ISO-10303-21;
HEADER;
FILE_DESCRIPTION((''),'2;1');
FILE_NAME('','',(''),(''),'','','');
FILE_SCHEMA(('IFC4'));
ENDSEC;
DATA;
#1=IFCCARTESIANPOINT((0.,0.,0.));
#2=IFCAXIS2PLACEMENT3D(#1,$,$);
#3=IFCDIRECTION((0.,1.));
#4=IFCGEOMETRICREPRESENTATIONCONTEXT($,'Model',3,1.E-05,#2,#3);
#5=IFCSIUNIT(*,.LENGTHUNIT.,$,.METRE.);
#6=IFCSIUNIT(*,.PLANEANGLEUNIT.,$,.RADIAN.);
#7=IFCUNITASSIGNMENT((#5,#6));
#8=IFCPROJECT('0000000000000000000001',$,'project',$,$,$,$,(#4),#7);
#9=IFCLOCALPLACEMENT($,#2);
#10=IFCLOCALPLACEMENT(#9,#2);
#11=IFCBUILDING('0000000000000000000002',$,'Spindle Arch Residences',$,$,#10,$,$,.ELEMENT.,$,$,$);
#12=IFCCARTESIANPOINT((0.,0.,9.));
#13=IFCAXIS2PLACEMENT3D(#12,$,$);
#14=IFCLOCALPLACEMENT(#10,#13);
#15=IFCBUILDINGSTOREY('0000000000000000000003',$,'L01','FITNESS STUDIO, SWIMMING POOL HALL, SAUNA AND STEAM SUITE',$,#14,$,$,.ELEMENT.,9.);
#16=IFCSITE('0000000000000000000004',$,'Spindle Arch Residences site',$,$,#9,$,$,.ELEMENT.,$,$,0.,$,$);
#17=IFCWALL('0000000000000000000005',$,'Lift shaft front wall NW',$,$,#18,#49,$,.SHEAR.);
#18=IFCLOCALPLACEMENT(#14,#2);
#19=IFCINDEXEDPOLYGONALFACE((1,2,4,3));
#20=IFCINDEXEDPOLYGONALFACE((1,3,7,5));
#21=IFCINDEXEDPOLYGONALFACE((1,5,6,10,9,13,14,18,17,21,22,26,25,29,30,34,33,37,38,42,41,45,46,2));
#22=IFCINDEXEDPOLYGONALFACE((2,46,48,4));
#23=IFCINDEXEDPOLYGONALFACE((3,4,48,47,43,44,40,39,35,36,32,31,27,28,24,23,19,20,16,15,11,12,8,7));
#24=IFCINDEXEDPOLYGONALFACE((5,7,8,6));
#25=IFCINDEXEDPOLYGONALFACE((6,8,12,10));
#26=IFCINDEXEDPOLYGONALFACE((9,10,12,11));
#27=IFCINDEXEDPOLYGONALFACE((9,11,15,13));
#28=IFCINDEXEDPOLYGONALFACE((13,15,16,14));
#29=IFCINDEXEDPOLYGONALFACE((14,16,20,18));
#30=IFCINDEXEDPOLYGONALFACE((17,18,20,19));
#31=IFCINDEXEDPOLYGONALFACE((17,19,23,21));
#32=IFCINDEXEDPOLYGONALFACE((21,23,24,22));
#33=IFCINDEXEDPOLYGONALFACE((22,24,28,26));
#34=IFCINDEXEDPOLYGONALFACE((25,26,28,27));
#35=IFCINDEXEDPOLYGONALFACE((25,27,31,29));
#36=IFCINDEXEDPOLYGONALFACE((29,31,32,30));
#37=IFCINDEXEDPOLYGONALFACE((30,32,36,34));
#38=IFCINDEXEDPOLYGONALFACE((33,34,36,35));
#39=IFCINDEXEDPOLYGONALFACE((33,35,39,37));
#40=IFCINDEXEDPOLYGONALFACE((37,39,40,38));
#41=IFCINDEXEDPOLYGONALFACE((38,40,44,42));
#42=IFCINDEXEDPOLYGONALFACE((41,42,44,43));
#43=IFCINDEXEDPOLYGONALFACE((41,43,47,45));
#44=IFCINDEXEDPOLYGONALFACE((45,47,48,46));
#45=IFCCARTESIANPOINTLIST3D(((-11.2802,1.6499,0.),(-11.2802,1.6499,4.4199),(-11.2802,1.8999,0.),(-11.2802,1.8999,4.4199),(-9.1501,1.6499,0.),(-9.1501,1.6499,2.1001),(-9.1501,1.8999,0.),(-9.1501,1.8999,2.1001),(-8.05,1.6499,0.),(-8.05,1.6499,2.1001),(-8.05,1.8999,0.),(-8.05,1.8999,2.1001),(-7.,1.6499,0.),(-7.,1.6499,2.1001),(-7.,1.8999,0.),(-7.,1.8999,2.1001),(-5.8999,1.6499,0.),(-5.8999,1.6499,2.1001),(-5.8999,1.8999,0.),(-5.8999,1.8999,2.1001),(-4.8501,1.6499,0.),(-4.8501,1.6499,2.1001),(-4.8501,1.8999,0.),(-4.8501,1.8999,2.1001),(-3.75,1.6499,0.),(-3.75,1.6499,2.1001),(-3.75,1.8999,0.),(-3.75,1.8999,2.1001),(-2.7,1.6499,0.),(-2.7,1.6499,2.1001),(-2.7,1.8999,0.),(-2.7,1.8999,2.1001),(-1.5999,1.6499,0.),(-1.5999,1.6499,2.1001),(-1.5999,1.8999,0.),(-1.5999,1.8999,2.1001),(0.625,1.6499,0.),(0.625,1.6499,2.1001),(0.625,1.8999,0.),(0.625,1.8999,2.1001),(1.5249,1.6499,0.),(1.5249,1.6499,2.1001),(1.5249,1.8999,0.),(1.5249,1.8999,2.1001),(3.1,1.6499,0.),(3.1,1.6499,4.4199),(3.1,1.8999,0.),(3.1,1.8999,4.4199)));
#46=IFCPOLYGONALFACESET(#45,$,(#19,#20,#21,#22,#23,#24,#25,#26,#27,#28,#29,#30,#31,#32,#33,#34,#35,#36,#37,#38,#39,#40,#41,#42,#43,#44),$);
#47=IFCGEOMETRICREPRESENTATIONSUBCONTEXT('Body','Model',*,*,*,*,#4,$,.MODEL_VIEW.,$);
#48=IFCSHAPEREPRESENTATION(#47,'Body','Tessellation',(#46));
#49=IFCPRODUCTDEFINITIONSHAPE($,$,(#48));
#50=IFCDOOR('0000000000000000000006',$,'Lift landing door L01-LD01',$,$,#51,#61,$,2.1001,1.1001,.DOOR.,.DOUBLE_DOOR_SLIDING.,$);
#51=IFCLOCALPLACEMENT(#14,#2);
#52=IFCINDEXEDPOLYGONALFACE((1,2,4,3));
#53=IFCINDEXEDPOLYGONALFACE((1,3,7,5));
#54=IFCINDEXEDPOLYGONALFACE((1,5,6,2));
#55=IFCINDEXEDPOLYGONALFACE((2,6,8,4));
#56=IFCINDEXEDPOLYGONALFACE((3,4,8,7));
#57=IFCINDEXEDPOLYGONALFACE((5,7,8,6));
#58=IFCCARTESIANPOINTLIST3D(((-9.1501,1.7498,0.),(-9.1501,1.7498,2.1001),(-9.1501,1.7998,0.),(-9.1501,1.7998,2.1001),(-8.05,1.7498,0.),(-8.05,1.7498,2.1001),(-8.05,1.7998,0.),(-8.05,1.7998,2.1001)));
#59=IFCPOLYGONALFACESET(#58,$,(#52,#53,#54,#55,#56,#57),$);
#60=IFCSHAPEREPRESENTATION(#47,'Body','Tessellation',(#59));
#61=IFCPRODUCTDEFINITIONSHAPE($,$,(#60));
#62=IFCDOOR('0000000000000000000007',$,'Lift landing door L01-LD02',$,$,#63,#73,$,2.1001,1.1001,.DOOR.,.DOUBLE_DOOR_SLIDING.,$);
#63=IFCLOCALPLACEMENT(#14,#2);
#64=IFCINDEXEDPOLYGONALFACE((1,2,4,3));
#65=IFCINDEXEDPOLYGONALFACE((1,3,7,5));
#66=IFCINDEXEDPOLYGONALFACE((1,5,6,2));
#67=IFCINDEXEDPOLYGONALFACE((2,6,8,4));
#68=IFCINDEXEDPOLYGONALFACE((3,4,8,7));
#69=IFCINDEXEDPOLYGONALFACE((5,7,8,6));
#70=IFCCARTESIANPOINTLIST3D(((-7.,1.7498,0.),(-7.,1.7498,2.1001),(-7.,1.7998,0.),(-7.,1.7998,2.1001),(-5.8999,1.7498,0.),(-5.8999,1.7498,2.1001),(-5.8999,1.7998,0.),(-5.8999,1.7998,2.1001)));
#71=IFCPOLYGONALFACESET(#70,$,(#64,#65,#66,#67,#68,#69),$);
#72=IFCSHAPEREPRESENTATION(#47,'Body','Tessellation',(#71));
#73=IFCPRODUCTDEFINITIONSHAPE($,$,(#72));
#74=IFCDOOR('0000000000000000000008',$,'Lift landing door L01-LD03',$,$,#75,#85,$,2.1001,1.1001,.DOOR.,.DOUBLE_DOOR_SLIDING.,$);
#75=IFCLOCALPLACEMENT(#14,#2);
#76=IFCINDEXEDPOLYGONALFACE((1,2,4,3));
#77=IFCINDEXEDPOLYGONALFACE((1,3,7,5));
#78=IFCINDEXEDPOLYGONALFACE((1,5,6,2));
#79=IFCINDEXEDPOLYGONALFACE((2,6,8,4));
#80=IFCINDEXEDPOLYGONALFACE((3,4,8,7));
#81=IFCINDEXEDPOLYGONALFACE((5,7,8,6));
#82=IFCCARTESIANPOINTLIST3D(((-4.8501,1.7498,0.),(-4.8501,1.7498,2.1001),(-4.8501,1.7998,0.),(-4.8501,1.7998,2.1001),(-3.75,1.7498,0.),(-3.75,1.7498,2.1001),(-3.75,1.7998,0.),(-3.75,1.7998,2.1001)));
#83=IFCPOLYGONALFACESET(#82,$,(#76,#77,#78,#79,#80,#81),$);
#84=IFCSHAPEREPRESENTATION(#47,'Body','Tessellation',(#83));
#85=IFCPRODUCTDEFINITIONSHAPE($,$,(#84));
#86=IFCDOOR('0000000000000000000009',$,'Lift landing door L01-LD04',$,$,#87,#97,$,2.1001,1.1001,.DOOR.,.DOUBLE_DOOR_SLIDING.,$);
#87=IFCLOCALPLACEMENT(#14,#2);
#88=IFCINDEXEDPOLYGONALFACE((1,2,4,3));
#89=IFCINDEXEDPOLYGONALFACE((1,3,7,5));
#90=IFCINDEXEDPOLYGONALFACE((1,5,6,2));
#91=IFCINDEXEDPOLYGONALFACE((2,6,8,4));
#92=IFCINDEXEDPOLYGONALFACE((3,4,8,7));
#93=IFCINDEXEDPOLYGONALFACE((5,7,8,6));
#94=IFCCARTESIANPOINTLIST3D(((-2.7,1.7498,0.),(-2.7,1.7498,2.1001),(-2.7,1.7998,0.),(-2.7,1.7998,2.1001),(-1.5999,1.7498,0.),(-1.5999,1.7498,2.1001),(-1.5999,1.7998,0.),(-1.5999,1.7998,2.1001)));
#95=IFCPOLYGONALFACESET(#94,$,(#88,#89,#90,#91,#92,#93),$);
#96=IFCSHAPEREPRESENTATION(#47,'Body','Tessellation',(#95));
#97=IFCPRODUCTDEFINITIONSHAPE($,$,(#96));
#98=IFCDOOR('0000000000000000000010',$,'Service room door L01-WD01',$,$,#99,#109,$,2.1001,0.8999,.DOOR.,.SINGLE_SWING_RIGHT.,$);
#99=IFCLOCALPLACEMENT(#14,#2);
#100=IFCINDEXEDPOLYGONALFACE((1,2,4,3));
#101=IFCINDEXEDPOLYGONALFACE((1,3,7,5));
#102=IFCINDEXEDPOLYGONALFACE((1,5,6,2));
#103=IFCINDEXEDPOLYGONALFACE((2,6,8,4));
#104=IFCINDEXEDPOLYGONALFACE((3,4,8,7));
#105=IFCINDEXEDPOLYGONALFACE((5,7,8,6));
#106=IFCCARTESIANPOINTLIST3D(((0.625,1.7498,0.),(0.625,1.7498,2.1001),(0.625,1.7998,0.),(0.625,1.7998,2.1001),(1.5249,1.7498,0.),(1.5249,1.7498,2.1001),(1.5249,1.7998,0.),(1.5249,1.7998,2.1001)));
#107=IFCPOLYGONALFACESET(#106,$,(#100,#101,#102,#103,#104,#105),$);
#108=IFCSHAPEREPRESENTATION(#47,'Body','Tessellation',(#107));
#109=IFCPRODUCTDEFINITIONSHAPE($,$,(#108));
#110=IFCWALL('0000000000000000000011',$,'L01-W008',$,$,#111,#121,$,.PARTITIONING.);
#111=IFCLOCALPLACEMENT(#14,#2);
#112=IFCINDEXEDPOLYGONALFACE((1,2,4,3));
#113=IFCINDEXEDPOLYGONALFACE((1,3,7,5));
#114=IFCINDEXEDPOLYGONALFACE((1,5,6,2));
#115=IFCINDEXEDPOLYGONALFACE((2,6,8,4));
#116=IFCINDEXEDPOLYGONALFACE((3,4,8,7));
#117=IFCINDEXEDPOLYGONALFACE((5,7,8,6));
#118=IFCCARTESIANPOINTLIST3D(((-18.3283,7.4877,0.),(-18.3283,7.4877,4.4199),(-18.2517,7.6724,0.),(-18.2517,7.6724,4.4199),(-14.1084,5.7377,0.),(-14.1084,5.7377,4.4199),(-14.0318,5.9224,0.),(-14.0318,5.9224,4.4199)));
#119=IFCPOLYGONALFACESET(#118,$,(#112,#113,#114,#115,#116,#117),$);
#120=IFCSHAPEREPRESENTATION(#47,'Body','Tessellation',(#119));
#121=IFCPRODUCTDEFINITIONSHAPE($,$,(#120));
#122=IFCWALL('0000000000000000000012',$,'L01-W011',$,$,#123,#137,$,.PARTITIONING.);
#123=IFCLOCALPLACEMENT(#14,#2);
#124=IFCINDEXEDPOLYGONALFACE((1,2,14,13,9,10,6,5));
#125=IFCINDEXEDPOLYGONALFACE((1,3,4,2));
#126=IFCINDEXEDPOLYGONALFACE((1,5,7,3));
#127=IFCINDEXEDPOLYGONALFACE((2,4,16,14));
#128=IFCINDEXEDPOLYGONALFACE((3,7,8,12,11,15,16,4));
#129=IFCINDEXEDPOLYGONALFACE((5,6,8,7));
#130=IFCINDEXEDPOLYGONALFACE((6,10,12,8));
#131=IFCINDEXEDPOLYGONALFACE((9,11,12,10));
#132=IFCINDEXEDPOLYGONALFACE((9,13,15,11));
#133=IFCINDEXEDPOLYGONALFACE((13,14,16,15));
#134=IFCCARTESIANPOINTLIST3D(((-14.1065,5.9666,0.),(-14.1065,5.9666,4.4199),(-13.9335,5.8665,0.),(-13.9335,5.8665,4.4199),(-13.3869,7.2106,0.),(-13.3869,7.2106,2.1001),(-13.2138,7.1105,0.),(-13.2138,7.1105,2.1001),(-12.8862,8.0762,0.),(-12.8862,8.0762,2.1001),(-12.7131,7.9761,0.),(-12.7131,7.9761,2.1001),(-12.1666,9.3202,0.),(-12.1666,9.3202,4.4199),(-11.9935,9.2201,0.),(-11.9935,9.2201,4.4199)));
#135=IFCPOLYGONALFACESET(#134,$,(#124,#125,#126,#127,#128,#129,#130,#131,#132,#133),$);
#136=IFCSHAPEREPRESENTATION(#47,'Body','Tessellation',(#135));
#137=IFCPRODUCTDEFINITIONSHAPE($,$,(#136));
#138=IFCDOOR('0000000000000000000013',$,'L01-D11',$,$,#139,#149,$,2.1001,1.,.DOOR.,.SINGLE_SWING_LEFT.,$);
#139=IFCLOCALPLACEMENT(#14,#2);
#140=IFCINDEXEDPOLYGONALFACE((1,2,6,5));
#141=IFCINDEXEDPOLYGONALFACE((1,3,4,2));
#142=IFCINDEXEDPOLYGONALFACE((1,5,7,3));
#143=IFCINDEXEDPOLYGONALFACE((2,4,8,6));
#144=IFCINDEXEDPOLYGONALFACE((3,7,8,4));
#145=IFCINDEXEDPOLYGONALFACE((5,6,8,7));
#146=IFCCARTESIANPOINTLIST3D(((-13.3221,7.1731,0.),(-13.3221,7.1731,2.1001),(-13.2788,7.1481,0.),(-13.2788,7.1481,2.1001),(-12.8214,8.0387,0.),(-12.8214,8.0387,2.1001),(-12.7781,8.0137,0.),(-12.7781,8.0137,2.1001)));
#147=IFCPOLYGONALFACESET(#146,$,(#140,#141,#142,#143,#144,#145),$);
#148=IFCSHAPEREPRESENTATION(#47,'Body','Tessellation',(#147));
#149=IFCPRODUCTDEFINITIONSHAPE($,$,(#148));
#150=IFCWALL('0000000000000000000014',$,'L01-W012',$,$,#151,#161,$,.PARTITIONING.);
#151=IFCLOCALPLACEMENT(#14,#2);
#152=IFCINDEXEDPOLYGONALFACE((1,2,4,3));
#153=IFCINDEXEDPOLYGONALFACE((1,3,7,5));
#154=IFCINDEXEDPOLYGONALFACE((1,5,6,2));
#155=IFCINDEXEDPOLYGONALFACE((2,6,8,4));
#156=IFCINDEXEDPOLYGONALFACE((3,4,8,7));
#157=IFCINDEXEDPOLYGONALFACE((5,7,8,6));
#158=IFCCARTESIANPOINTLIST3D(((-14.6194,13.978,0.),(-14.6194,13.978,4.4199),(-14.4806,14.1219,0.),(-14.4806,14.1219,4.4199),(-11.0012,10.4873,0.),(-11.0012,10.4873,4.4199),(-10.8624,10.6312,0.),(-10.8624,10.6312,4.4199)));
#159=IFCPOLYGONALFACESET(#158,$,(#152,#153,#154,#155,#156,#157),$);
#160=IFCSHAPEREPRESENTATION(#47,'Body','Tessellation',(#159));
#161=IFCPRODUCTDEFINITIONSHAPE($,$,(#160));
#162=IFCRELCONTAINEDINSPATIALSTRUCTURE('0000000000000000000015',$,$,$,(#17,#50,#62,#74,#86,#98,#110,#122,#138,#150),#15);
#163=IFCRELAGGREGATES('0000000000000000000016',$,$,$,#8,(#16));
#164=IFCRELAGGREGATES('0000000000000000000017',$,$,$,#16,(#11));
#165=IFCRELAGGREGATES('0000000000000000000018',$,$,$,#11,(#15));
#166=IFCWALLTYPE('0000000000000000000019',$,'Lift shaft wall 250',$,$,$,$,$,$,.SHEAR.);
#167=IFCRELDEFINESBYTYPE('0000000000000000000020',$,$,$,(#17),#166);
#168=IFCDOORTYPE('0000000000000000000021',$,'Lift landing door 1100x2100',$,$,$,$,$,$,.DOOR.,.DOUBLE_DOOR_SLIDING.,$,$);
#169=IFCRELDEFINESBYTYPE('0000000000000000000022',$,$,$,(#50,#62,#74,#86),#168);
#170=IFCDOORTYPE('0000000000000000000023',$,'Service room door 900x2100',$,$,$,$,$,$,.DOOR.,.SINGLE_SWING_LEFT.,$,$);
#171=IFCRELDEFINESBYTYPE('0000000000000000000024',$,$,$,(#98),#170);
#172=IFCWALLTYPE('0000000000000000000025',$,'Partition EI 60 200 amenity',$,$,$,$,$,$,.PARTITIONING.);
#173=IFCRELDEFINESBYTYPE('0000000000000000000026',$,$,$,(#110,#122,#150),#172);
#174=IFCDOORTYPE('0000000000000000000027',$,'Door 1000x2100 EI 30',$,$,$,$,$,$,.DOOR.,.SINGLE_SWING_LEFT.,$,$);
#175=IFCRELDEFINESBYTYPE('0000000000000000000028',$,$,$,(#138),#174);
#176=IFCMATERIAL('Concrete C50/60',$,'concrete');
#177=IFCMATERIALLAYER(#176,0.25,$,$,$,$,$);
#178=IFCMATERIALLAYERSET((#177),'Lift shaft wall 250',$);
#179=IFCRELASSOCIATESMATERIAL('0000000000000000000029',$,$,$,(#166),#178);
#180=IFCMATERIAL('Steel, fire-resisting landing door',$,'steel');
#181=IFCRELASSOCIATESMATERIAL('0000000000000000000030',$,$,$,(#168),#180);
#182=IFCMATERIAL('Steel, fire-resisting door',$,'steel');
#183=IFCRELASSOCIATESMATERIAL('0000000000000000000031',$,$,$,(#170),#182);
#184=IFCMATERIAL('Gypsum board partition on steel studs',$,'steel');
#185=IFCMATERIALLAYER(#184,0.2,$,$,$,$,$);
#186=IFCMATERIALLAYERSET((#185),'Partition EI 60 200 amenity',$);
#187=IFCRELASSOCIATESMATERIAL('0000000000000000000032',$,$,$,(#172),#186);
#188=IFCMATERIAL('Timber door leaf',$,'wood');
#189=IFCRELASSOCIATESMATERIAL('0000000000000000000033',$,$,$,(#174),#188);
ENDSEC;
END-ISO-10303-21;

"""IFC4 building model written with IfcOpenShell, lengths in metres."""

from ifc_helpers import new_model, si_unit, direction, frame, frame_2d, origin, place, context, subcontext, project, spatial, rectangle, extrude, material, layer, layer_set, type_object, element, fill, save


model = new_model("IFC4")

# Units and contexts
model_context = context("Model", 3, precision=1e-05, world=origin(), true_north=direction((0.0, 1.0)))
body_context = subcontext(model_context, "Body", "Model", "MODEL_VIEW")
ifc_project = project(units=[si_unit("LENGTHUNIT", "METRE"), si_unit("PLANEANGLEUNIT", "RADIAN")], contexts=[model_context])

# Site, building, storey
site_placement = place(None, origin())
site = spatial("IfcSite", under=ifc_project, at=site_placement, Name="Spindle Arch Residences site", CompositionType="ELEMENT", RefElevation=0.0)
building_placement = place(site_placement, origin())
building = spatial("IfcBuilding", under=site, at=building_placement, Name="Spindle Arch Residences", CompositionType="ELEMENT")
storey_placement = place(building_placement, frame((0.0, 0.0, 9.0)))
storey = spatial("IfcBuildingStorey", under=building, at=storey_placement, Name="L01", Description="FITNESS STUDIO, SWIMMING POOL HALL, SAUNA AND STEAM SUITE", CompositionType="ELEMENT", Elevation=9.0)

# Wall, openings, doors
ifc_material_1 = material(Name="Concrete C50/60", Category="concrete")
ifc_layer_1 = layer(ifc_material_1, 0.25)
ifc_layer_set_1 = layer_set([ifc_layer_1], Name="Lift shaft wall 250")
wall_type_1 = type_object("IfcWallType", Name="Lift shaft wall 250", PredefinedType="SHEAR", material=ifc_layer_set_1)
wall_1_placement = place(storey_placement, frame((-11.28, 1.7749, 0.0), z_axis=(0.0, 0.0, 1.0), x_axis=(1.0, 0.0, 0.0)))
wall_1 = element("IfcWall", 1, at=wall_1_placement, inside=storey, type_object=wall_type_1, Name="Lift shaft front wall NW", PredefinedType="SHEAR", context=body_context, shape_type="SweptSolid", body=[
    extrude(rectangle(XDim=14.3801, YDim=0.25, at=frame_2d((7.1899, 0.0))), origin(), (0.0, 0.0, 1.0), 4.4199),
])
opening_1_placement = place(wall_1_placement, frame((2.1299, 0.0, 0.0)))
opening_1 = element("IfcOpeningElement", 2, at=opening_1_placement, cuts=wall_1, PredefinedType="OPENING", context=body_context, shape_type="SweptSolid", body=[
    extrude(rectangle(XDim=1.1001, YDim=2.1001, at=frame_2d((0.55, 1.05))), frame((0.0, 0.135, 0.0), z_axis=(0.0, -1.0, 0.0), x_axis=(1.0, 0.0, 0.0)), (0.0, 0.0, 1.0), 0.27),
])
opening_2_placement = place(wall_1_placement, frame((4.28, 0.0, 0.0)))
opening_2 = element("IfcOpeningElement", 3, at=opening_2_placement, cuts=wall_1, PredefinedType="OPENING", context=body_context, shape_type="SweptSolid", body=[
    extrude(rectangle(XDim=1.1001, YDim=2.1001, at=frame_2d((0.55, 1.05))), frame((0.0, 0.135, 0.0), z_axis=(0.0, -1.0, 0.0), x_axis=(1.0, 0.0, 0.0)), (0.0, 0.0, 1.0), 0.27),
])
opening_3_placement = place(wall_1_placement, frame((6.4299, 0.0, 0.0)))
opening_3 = element("IfcOpeningElement", 4, at=opening_3_placement, cuts=wall_1, PredefinedType="OPENING", context=body_context, shape_type="SweptSolid", body=[
    extrude(rectangle(XDim=1.1001, YDim=2.1001, at=frame_2d((0.55, 1.05))), frame((0.0, 0.135, 0.0), z_axis=(0.0, -1.0, 0.0), x_axis=(1.0, 0.0, 0.0)), (0.0, 0.0, 1.0), 0.27),
])
opening_4_placement = place(wall_1_placement, frame((8.5801, 0.0, 0.0)))
opening_4 = element("IfcOpeningElement", 5, at=opening_4_placement, cuts=wall_1, PredefinedType="OPENING", context=body_context, shape_type="SweptSolid", body=[
    extrude(rectangle(XDim=1.1001, YDim=2.1001, at=frame_2d((0.55, 1.05))), frame((0.0, 0.135, 0.0), z_axis=(0.0, -1.0, 0.0), x_axis=(1.0, 0.0, 0.0)), (0.0, 0.0, 1.0), 0.27),
])
opening_5_placement = place(wall_1_placement, frame((11.905, 0.0, 0.0)))
opening_5 = element("IfcOpeningElement", 6, at=opening_5_placement, cuts=wall_1, PredefinedType="OPENING", context=body_context, shape_type="SweptSolid", body=[
    extrude(rectangle(XDim=0.8999, YDim=2.1001, at=frame_2d((0.45, 1.05))), frame((0.0, 0.135, 0.0), z_axis=(0.0, -1.0, 0.0), x_axis=(1.0, 0.0, 0.0)), (0.0, 0.0, 1.0), 0.27),
])
ifc_material_2 = material(Name="Steel, fire-resisting landing door", Category="steel")
door_type_1 = type_object("IfcDoorType", Name="Lift landing door 1100x2100", OperationType="DOUBLE_DOOR_SLIDING", PredefinedType="DOOR", material=ifc_material_2)
door_1_placement = place(opening_1_placement, origin())
door_1 = element("IfcDoor", 7, at=door_1_placement, inside=storey, type_object=door_type_1, Name="Lift landing door L01-LD01", OperationType="DOUBLE_DOOR_SLIDING", OverallHeight=2.1001, OverallWidth=1.1001, PredefinedType="DOOR", context=body_context, shape_type="SweptSolid", body=[
    extrude(rectangle(XDim=1.1001, YDim=2.1001, at=frame_2d((0.55, 1.05))), frame((0.0, 0.0249, 0.0), z_axis=(0.0, -1.0, 0.0), x_axis=(1.0, 0.0, 0.0)), (0.0, 0.0, 1.0), 0.05),
])
fill(opening_1, door_1)
door_2_placement = place(opening_2_placement, origin())
door_2 = element("IfcDoor", 8, at=door_2_placement, inside=storey, type_object=door_type_1, Name="Lift landing door L01-LD02", OperationType="DOUBLE_DOOR_SLIDING", OverallHeight=2.1001, OverallWidth=1.1001, PredefinedType="DOOR", context=body_context, shape_type="SweptSolid", body=[
    extrude(rectangle(XDim=1.1001, YDim=2.1001, at=frame_2d((0.55, 1.05))), frame((0.0, 0.0249, 0.0), z_axis=(0.0, -1.0, 0.0), x_axis=(1.0, 0.0, 0.0)), (0.0, 0.0, 1.0), 0.05),
])
fill(opening_2, door_2)
door_3_placement = place(opening_3_placement, origin())
door_3 = element("IfcDoor", 9, at=door_3_placement, inside=storey, type_object=door_type_1, Name="Lift landing door L01-LD03", OperationType="DOUBLE_DOOR_SLIDING", OverallHeight=2.1001, OverallWidth=1.1001, PredefinedType="DOOR", context=body_context, shape_type="SweptSolid", body=[
    extrude(rectangle(XDim=1.1001, YDim=2.1001, at=frame_2d((0.55, 1.05))), frame((0.0, 0.0249, 0.0), z_axis=(0.0, -1.0, 0.0), x_axis=(1.0, 0.0, 0.0)), (0.0, 0.0, 1.0), 0.05),
])
fill(opening_3, door_3)
door_4_placement = place(opening_4_placement, origin())
door_4 = element("IfcDoor", 10, at=door_4_placement, inside=storey, type_object=door_type_1, Name="Lift landing door L01-LD04", OperationType="DOUBLE_DOOR_SLIDING", OverallHeight=2.1001, OverallWidth=1.1001, PredefinedType="DOOR", context=body_context, shape_type="SweptSolid", body=[
    extrude(rectangle(XDim=1.1001, YDim=2.1001, at=frame_2d((0.55, 1.05))), frame((0.0, 0.0249, 0.0), z_axis=(0.0, -1.0, 0.0), x_axis=(1.0, 0.0, 0.0)), (0.0, 0.0, 1.0), 0.05),
])
fill(opening_4, door_4)
ifc_material_3 = material(Name="Steel, fire-resisting door", Category="steel")
door_type_2 = type_object("IfcDoorType", Name="Service room door 900x2100", OperationType="SINGLE_SWING_LEFT", PredefinedType="DOOR", material=ifc_material_3)
door_5_placement = place(opening_5_placement, origin())
door_5 = element("IfcDoor", 11, at=door_5_placement, inside=storey, type_object=door_type_2, Name="Service room door L01-WD01", OperationType="SINGLE_SWING_RIGHT", OverallHeight=2.1001, OverallWidth=0.8999, PredefinedType="DOOR", context=body_context, shape_type="SweptSolid", body=[
    extrude(rectangle(XDim=0.8999, YDim=2.1001, at=frame_2d((0.45, 1.05))), frame((0.0, 0.0249, 0.0), z_axis=(0.0, -1.0, 0.0), x_axis=(1.0, 0.0, 0.0)), (0.0, 0.0, 1.0), 0.05),
])
fill(opening_5, door_5)

# Wall
ifc_material_4 = material(Name="Gypsum board partition on steel studs", Category="steel")
ifc_layer_2 = layer(ifc_material_4, 0.2)
ifc_layer_set_2 = layer_set([ifc_layer_2], Name="Partition EI 60 200 amenity")
wall_type_2 = type_object("IfcWallType", Name="Partition EI 60 200 amenity", PredefinedType="PARTITIONING", material=ifc_layer_set_2)
wall_2_placement = place(storey_placement, frame((-14.0701, 5.8301, 0.0), z_axis=(0.0, 0.0, 1.0), x_axis=(-0.923722, 0.383063, 0.0)))
element("IfcWall", 12, at=wall_2_placement, inside=storey, type_object=wall_type_2, Name="L01-W008", PredefinedType="PARTITIONING", context=body_context, shape_type="SweptSolid", body=[
    extrude(rectangle(XDim=4.5684, YDim=0.2, at=frame_2d((2.2842, 0.0))), origin(), (0.0, 0.0, 1.0), 4.4199),
])

# Wall, opening, door
wall_3_placement = place(storey_placement, frame((-12.0801, 9.27, 0.0), z_axis=(0.0, 0.0, 1.0), x_axis=(-0.500733, -0.865602, 0.0)))
wall_3 = element("IfcWall", 13, at=wall_3_placement, inside=storey, type_object=wall_type_2, Name="L01-W011", PredefinedType="PARTITIONING", context=body_context, shape_type="SweptSolid", body=[
    extrude(rectangle(XDim=3.8743, YDim=0.2, at=frame_2d((1.937, 0.0))), origin(), (0.0, 0.0, 1.0), 4.4199),
])
opening_6_placement = place(wall_3_placement, frame((1.437, 0.0, 0.0)))
opening_6 = element("IfcOpeningElement", 14, at=opening_6_placement, cuts=wall_3, PredefinedType="OPENING", context=body_context, shape_type="SweptSolid", body=[
    extrude(rectangle(XDim=1.0, YDim=2.1001, at=frame_2d((0.5, 1.05))), frame((0.0, 0.1099, 0.0), z_axis=(0.0, -1.0, 0.0), x_axis=(1.0, 0.0, 0.0)), (0.0, 0.0, 1.0), 0.22),
])
ifc_material_5 = material(Name="Timber door leaf", Category="wood")
door_type_3 = type_object("IfcDoorType", Name="Door 1000x2100 EI 30", OperationType="SINGLE_SWING_LEFT", PredefinedType="DOOR", material=ifc_material_5)
door_6_placement = place(opening_6_placement, origin())
door_6 = element("IfcDoor", 15, at=door_6_placement, inside=storey, type_object=door_type_3, Name="L01-D11", OperationType="SINGLE_SWING_LEFT", OverallHeight=2.1001, OverallWidth=1.0, PredefinedType="DOOR", context=body_context, shape_type="SweptSolid", body=[
    extrude(rectangle(XDim=1.0, YDim=2.1001, at=frame_2d((0.5, 1.05))), frame((0.0, 0.0249, 0.0), z_axis=(0.0, -1.0, 0.0), x_axis=(1.0, 0.0, 0.0)), (0.0, 0.0, 1.0), 0.05),
])
fill(opening_6, door_6)

# Wall
wall_4_placement = place(storey_placement, frame((-10.9319, 10.5593, 0.0), z_axis=(0.0, 0.0, 1.0), x_axis=(-0.719667, 0.694319, 0.0)))
element("IfcWall", 16, at=wall_4_placement, inside=storey, type_object=wall_type_2, Name="L01-W012", PredefinedType="PARTITIONING", context=body_context, shape_type="SweptSolid", body=[
    extrude(rectangle(XDim=5.0276, YDim=0.2, at=frame_2d((2.5137, 0.0))), origin(), (0.0, 0.0, 1.0), 4.4199),
])

save(model, "model.ifc")
